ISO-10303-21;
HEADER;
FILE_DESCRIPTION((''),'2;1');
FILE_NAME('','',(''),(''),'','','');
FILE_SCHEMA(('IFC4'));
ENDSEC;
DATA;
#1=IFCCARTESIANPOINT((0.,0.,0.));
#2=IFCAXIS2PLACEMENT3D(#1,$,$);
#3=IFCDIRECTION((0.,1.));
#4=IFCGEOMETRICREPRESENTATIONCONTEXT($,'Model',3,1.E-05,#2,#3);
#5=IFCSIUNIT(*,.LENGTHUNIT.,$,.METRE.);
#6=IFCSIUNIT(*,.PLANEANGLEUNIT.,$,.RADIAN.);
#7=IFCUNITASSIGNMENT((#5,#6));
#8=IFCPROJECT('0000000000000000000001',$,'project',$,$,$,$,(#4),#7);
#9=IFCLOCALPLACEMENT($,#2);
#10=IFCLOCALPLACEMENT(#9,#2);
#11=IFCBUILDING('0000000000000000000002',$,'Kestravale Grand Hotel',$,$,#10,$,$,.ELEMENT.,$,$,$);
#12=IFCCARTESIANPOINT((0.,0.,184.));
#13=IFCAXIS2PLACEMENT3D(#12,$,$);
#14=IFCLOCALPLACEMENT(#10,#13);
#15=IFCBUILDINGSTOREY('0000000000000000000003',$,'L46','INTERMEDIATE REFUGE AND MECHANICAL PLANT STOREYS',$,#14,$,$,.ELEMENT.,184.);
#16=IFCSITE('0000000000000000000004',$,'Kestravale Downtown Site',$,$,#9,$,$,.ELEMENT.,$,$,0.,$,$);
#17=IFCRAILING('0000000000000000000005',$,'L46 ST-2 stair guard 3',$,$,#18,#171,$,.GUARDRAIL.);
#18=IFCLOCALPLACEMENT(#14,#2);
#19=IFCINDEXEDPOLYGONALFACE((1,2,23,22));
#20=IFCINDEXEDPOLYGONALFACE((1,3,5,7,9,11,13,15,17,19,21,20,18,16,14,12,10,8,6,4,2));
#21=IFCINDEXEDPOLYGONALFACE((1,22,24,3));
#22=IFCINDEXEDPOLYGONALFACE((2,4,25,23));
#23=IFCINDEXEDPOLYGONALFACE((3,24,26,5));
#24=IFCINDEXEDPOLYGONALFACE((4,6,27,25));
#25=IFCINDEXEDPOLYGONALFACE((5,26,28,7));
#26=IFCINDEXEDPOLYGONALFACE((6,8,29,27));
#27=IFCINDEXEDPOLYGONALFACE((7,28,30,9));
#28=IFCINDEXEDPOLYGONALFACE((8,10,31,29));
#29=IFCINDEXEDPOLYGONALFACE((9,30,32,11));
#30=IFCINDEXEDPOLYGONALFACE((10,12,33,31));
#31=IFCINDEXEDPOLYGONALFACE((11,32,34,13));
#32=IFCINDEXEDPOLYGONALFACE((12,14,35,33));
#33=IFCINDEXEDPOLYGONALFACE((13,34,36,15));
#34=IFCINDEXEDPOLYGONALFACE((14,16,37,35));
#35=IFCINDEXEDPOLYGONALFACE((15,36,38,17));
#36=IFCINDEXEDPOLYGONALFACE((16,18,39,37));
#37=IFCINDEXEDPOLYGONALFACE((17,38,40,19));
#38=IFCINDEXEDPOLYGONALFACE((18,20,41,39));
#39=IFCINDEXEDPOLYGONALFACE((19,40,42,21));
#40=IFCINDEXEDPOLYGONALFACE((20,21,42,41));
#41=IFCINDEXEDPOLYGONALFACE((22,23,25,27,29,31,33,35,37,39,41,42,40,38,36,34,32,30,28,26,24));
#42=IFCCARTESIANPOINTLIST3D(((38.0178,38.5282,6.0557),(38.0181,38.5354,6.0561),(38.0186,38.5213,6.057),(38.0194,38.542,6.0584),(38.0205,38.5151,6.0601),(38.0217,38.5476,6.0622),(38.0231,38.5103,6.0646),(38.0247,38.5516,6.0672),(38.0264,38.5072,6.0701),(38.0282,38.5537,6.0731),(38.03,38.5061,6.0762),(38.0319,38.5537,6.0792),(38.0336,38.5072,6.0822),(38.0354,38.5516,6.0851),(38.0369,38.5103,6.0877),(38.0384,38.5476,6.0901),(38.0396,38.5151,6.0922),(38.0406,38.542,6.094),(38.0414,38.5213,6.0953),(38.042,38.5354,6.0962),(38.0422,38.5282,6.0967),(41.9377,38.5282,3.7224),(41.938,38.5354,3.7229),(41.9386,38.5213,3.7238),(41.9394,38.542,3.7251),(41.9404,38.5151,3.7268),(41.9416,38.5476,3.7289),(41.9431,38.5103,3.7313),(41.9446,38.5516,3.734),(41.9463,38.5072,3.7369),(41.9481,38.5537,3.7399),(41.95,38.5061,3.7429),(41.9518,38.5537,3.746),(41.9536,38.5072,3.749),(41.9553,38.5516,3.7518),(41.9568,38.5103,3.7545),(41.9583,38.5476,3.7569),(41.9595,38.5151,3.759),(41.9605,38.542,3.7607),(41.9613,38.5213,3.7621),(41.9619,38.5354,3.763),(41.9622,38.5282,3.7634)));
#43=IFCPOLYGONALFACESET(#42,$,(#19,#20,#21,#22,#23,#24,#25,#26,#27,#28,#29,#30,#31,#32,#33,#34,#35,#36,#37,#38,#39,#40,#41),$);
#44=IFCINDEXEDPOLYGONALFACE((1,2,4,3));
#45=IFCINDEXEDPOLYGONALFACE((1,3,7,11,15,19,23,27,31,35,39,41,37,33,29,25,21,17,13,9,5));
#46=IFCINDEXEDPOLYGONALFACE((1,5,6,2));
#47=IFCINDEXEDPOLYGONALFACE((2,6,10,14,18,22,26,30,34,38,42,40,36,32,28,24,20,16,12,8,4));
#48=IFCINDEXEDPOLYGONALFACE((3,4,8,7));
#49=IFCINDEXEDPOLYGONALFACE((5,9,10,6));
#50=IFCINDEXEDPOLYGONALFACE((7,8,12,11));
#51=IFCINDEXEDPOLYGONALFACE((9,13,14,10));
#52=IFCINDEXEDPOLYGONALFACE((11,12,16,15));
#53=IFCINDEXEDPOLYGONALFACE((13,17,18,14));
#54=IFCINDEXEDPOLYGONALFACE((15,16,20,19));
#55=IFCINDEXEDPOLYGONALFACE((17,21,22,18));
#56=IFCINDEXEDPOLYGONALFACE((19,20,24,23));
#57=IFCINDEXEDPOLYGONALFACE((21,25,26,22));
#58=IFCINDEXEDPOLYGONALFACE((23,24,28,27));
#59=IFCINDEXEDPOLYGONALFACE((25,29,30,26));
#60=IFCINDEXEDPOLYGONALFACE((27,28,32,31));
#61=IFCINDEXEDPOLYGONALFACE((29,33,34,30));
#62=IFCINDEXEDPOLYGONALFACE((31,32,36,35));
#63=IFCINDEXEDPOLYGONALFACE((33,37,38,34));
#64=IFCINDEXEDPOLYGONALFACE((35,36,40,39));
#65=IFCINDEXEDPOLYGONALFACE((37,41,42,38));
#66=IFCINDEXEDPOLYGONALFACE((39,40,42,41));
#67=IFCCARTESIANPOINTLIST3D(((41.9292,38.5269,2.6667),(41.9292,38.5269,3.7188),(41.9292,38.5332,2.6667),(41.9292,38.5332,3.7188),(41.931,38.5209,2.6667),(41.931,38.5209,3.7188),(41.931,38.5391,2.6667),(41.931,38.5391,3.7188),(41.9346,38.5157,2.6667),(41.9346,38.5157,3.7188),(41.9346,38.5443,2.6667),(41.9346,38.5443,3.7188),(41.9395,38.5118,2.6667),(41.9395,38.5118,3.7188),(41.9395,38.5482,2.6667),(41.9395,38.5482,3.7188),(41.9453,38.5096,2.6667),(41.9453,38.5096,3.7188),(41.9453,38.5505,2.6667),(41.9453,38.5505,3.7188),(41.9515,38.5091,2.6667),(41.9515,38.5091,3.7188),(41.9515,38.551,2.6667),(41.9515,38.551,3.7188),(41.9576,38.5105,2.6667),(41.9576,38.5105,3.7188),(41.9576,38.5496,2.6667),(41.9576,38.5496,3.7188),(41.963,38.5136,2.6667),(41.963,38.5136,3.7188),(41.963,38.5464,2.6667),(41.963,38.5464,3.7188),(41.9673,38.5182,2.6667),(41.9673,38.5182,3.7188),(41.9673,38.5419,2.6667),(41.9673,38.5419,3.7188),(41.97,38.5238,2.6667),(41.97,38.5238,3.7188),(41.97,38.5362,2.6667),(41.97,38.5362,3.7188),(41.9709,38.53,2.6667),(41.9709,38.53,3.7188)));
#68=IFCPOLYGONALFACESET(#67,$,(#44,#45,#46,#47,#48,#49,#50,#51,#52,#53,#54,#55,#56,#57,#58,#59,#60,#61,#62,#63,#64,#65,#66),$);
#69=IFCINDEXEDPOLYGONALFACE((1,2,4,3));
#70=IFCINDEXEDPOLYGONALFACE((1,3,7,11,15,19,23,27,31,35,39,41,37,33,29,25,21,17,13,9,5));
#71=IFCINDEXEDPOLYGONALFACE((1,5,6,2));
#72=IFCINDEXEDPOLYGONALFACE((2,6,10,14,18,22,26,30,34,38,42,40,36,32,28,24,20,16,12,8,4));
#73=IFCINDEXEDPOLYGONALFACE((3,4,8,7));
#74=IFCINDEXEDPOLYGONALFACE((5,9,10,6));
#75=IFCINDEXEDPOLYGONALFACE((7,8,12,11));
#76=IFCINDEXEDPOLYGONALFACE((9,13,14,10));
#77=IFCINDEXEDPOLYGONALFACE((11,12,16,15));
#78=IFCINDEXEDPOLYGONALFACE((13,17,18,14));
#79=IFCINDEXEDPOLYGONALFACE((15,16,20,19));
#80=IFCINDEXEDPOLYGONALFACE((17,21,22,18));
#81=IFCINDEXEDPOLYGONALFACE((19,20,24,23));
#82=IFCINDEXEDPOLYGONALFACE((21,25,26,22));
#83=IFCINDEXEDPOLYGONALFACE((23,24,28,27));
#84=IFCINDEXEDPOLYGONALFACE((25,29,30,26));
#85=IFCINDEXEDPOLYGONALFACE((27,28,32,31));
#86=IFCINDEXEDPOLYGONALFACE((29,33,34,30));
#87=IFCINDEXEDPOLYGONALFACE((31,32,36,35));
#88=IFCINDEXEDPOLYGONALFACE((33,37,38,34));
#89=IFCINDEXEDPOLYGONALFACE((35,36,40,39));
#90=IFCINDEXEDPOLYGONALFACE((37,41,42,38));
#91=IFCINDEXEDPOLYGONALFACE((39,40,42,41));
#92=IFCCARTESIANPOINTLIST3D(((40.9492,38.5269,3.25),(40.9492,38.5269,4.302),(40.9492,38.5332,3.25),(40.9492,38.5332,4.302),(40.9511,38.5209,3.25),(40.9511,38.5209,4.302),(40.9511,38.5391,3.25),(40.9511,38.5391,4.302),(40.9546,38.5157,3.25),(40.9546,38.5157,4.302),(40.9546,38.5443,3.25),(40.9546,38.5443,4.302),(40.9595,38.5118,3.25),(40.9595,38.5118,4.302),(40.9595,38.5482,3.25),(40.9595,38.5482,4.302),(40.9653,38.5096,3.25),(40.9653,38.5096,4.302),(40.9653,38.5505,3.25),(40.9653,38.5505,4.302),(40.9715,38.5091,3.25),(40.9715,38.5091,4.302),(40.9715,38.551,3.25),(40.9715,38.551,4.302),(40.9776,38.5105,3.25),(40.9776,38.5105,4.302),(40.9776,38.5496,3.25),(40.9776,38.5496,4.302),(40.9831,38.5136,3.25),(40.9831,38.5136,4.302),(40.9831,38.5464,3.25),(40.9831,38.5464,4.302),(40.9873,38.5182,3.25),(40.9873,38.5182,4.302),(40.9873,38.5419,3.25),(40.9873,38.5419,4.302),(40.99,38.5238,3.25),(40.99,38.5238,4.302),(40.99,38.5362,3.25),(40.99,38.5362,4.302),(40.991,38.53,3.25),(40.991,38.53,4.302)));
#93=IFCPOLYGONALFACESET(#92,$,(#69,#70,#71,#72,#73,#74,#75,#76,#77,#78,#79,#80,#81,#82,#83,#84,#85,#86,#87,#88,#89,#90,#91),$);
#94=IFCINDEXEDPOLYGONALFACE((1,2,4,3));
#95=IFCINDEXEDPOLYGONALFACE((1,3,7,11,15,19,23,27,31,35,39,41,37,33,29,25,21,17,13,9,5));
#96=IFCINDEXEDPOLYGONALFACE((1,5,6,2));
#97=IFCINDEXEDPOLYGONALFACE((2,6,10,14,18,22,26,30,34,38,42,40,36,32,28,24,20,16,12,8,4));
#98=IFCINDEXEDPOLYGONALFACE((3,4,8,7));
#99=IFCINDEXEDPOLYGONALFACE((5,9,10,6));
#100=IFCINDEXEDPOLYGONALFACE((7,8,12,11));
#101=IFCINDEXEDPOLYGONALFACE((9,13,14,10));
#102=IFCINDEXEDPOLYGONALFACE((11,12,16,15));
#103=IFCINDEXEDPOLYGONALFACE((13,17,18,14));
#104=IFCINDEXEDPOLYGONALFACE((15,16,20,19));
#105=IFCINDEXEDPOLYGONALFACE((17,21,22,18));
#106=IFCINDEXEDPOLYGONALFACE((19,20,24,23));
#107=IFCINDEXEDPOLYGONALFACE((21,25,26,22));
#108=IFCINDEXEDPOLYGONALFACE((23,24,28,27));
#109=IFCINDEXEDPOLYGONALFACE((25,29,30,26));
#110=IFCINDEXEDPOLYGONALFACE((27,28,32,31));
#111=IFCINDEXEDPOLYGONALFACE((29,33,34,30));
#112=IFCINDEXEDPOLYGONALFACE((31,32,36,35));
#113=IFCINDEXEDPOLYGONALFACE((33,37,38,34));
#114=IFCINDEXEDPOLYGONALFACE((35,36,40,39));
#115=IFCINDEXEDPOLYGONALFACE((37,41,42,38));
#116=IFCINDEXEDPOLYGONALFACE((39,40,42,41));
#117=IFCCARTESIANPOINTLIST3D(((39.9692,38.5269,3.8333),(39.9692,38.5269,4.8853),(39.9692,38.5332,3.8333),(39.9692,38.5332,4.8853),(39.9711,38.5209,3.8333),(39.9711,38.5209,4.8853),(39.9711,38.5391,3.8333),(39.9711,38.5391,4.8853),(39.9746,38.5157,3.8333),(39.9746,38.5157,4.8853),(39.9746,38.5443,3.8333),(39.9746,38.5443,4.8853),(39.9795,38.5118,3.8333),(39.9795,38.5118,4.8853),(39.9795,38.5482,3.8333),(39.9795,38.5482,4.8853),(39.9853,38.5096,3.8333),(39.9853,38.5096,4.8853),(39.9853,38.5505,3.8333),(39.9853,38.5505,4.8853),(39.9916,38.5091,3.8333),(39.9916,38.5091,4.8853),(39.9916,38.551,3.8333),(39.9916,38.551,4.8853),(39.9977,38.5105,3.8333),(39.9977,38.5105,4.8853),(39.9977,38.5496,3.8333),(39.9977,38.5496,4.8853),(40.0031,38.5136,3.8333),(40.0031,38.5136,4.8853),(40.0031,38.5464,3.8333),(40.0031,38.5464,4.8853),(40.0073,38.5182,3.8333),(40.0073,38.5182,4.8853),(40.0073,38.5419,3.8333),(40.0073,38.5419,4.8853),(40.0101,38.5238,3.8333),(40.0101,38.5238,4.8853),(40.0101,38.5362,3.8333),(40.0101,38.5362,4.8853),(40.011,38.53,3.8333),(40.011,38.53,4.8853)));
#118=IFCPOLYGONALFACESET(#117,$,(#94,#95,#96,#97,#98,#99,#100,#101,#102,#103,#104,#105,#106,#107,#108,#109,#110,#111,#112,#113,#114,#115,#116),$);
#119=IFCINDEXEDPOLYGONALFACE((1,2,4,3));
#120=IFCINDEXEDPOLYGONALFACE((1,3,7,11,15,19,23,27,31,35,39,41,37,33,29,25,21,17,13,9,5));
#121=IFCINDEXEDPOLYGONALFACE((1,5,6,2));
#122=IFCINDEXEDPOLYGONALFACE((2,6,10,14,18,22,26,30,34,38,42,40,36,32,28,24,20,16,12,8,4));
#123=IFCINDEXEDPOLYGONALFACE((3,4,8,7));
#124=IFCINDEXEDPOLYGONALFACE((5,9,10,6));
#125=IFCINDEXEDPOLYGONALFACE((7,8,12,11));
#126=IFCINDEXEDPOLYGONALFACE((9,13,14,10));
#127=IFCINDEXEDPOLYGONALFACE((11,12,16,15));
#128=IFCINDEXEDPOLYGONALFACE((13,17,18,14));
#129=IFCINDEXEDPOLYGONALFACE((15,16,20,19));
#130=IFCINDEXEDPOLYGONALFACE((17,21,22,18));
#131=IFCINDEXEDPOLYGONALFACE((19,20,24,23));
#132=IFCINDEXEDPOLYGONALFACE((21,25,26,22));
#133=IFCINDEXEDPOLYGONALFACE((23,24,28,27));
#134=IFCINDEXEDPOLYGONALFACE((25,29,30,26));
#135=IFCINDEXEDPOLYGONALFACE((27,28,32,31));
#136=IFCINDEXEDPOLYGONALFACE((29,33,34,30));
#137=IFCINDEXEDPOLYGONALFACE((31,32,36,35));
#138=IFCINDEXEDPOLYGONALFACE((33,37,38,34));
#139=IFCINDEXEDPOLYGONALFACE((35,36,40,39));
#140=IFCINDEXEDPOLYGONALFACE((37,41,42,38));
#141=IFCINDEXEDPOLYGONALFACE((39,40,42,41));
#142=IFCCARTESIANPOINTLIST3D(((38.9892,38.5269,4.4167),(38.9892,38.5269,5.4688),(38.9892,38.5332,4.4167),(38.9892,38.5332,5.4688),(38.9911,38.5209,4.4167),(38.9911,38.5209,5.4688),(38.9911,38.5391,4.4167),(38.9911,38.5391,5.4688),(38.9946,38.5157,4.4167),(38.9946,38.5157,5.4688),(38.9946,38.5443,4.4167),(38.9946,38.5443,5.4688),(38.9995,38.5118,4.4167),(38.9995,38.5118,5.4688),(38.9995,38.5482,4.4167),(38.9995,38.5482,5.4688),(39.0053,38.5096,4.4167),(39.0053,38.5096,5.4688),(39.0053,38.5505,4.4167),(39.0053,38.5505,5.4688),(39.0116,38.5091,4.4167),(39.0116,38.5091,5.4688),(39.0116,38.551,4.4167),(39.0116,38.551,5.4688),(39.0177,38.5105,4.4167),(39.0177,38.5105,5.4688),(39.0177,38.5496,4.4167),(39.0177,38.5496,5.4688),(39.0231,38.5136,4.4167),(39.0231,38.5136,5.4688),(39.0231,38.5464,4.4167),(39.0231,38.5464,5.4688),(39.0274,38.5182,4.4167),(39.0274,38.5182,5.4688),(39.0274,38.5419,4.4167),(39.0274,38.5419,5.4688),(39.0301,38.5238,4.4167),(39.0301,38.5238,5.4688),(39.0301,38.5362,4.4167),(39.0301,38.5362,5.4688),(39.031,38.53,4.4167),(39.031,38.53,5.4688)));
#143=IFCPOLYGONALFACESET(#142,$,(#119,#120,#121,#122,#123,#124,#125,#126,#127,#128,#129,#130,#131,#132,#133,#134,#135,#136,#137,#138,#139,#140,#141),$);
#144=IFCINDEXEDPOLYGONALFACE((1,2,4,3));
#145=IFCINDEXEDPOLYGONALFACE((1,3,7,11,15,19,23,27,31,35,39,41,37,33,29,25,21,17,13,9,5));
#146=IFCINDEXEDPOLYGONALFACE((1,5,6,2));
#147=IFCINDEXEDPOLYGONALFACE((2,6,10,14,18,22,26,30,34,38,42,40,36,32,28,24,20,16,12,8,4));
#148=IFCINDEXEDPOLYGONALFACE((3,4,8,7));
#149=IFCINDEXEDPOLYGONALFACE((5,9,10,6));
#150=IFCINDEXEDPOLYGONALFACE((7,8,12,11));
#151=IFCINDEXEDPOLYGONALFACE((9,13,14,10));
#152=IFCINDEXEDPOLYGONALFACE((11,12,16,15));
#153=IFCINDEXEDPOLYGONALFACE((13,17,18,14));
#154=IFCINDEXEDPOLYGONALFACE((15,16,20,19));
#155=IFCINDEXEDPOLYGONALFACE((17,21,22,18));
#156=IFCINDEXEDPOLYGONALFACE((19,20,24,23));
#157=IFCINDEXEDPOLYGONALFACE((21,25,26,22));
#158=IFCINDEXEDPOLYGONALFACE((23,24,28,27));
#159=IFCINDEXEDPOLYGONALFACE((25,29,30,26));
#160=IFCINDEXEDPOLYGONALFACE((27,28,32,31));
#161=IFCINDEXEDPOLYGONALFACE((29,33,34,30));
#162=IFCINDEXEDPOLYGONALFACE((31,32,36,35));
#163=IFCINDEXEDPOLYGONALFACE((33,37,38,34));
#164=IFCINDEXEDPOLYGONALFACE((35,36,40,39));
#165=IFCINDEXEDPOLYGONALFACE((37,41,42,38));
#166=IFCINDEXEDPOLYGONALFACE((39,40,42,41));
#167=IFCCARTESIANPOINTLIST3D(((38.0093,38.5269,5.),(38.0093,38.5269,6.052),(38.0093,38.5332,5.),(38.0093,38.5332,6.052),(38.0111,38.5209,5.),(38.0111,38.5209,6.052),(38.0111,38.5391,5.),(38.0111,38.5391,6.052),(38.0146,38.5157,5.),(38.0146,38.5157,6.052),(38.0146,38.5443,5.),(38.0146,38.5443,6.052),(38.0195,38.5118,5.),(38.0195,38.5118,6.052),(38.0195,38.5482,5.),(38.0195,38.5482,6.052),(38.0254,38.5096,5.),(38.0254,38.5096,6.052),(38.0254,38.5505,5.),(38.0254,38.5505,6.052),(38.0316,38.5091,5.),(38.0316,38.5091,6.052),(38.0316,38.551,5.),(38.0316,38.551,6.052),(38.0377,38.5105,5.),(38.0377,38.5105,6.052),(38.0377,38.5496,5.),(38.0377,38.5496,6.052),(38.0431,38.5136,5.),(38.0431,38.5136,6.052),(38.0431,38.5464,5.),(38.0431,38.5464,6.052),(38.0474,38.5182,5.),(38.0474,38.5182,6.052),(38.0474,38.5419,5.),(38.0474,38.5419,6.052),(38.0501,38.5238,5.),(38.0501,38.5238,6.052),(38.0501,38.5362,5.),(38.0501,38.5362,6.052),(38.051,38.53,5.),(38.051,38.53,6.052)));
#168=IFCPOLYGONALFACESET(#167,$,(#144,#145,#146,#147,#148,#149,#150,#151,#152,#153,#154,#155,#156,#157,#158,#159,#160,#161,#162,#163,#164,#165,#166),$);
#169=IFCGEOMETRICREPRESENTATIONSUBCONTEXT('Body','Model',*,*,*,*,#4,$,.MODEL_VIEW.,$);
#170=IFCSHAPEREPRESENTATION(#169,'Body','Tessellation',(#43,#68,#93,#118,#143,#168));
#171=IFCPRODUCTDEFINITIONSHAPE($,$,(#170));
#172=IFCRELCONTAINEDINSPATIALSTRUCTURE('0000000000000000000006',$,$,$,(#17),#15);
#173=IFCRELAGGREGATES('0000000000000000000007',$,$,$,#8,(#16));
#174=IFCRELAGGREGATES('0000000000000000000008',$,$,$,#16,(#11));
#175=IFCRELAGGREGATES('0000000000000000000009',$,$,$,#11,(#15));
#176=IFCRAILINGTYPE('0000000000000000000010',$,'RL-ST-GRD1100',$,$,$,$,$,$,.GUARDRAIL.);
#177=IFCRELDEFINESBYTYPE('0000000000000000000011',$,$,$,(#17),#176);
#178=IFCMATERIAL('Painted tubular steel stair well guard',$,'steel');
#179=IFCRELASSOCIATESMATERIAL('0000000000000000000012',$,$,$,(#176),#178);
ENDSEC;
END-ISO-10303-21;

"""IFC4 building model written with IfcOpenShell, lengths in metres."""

from ifc_helpers import new_model, si_unit, direction, frame, origin, origin_2d, place, context, subcontext, project, spatial, circle, extrude, material, type_object, element, save


model = new_model("IFC4")

# Units and contexts
model_context = context("Model", 3, precision=1e-05, world=origin(), true_north=direction((0.0, 1.0)))
body_context = subcontext(model_context, "Body", "Model", "MODEL_VIEW")
ifc_project = project(units=[si_unit("LENGTHUNIT", "METRE"), si_unit("PLANEANGLEUNIT", "RADIAN")], contexts=[model_context])

# Site, building, storey
site_placement = place(None, origin())
site = spatial("IfcSite", under=ifc_project, at=site_placement, Name="Kestravale Downtown Site", CompositionType="ELEMENT", RefElevation=0.0)
building_placement = place(site_placement, origin())
building = spatial("IfcBuilding", under=site, at=building_placement, Name="Kestravale Grand Hotel", CompositionType="ELEMENT")
storey_placement = place(building_placement, frame((0.0, 0.0, 184.0)))
storey = spatial("IfcBuildingStorey", under=building, at=storey_placement, Name="L46", Description="INTERMEDIATE REFUGE AND MECHANICAL PLANT STOREYS", CompositionType="ELEMENT", Elevation=184.0)

# Railing
ifc_material_1 = material(Name="Painted tubular steel stair well guard", Category="steel")
railing_type_1 = type_object("IfcRailingType", Name="RL-ST-GRD1100", PredefinedType="GUARDRAIL", material=ifc_material_1)
railing_1_placement = place(storey_placement, frame((41.95, 38.53, 2.6667)))
element("IfcRailing", 1, at=railing_1_placement, inside=storey, type_object=railing_type_1, Name="L46 ST-2 stair guard 3", PredefinedType="GUARDRAIL", context=body_context, shape_type="SweptSolid", body=[
    extrude(circle(Radius=0.0239, at=origin_2d()), frame((0.0, 0.0, 1.0762), z_axis=(-0.859296, 0.0, 0.511478), x_axis=(0.0, -1.0, 0.0)), (0.0, 0.0, 1.0), 4.5618),
    extrude(circle(Radius=0.021, at=origin_2d()), origin(), (0.0, 0.0, 1.0), 1.052),
    extrude(circle(Radius=0.021, at=origin_2d()), frame((-0.98, 0.0, 0.5833)), (0.0, 0.0, 1.0), 1.052),
    extrude(circle(Radius=0.021, at=origin_2d()), frame((-1.96, 0.0, 1.1665)), (0.0, 0.0, 1.0), 1.052),
    extrude(circle(Radius=0.021, at=origin_2d()), frame((-2.9399, 0.0, 1.75)), (0.0, 0.0, 1.0), 1.052),
    extrude(circle(Radius=0.021, at=origin_2d()), frame((-3.9199, 0.0, 2.3333)), (0.0, 0.0, 1.0), 1.052),
])

save(model, "model.ifc")
